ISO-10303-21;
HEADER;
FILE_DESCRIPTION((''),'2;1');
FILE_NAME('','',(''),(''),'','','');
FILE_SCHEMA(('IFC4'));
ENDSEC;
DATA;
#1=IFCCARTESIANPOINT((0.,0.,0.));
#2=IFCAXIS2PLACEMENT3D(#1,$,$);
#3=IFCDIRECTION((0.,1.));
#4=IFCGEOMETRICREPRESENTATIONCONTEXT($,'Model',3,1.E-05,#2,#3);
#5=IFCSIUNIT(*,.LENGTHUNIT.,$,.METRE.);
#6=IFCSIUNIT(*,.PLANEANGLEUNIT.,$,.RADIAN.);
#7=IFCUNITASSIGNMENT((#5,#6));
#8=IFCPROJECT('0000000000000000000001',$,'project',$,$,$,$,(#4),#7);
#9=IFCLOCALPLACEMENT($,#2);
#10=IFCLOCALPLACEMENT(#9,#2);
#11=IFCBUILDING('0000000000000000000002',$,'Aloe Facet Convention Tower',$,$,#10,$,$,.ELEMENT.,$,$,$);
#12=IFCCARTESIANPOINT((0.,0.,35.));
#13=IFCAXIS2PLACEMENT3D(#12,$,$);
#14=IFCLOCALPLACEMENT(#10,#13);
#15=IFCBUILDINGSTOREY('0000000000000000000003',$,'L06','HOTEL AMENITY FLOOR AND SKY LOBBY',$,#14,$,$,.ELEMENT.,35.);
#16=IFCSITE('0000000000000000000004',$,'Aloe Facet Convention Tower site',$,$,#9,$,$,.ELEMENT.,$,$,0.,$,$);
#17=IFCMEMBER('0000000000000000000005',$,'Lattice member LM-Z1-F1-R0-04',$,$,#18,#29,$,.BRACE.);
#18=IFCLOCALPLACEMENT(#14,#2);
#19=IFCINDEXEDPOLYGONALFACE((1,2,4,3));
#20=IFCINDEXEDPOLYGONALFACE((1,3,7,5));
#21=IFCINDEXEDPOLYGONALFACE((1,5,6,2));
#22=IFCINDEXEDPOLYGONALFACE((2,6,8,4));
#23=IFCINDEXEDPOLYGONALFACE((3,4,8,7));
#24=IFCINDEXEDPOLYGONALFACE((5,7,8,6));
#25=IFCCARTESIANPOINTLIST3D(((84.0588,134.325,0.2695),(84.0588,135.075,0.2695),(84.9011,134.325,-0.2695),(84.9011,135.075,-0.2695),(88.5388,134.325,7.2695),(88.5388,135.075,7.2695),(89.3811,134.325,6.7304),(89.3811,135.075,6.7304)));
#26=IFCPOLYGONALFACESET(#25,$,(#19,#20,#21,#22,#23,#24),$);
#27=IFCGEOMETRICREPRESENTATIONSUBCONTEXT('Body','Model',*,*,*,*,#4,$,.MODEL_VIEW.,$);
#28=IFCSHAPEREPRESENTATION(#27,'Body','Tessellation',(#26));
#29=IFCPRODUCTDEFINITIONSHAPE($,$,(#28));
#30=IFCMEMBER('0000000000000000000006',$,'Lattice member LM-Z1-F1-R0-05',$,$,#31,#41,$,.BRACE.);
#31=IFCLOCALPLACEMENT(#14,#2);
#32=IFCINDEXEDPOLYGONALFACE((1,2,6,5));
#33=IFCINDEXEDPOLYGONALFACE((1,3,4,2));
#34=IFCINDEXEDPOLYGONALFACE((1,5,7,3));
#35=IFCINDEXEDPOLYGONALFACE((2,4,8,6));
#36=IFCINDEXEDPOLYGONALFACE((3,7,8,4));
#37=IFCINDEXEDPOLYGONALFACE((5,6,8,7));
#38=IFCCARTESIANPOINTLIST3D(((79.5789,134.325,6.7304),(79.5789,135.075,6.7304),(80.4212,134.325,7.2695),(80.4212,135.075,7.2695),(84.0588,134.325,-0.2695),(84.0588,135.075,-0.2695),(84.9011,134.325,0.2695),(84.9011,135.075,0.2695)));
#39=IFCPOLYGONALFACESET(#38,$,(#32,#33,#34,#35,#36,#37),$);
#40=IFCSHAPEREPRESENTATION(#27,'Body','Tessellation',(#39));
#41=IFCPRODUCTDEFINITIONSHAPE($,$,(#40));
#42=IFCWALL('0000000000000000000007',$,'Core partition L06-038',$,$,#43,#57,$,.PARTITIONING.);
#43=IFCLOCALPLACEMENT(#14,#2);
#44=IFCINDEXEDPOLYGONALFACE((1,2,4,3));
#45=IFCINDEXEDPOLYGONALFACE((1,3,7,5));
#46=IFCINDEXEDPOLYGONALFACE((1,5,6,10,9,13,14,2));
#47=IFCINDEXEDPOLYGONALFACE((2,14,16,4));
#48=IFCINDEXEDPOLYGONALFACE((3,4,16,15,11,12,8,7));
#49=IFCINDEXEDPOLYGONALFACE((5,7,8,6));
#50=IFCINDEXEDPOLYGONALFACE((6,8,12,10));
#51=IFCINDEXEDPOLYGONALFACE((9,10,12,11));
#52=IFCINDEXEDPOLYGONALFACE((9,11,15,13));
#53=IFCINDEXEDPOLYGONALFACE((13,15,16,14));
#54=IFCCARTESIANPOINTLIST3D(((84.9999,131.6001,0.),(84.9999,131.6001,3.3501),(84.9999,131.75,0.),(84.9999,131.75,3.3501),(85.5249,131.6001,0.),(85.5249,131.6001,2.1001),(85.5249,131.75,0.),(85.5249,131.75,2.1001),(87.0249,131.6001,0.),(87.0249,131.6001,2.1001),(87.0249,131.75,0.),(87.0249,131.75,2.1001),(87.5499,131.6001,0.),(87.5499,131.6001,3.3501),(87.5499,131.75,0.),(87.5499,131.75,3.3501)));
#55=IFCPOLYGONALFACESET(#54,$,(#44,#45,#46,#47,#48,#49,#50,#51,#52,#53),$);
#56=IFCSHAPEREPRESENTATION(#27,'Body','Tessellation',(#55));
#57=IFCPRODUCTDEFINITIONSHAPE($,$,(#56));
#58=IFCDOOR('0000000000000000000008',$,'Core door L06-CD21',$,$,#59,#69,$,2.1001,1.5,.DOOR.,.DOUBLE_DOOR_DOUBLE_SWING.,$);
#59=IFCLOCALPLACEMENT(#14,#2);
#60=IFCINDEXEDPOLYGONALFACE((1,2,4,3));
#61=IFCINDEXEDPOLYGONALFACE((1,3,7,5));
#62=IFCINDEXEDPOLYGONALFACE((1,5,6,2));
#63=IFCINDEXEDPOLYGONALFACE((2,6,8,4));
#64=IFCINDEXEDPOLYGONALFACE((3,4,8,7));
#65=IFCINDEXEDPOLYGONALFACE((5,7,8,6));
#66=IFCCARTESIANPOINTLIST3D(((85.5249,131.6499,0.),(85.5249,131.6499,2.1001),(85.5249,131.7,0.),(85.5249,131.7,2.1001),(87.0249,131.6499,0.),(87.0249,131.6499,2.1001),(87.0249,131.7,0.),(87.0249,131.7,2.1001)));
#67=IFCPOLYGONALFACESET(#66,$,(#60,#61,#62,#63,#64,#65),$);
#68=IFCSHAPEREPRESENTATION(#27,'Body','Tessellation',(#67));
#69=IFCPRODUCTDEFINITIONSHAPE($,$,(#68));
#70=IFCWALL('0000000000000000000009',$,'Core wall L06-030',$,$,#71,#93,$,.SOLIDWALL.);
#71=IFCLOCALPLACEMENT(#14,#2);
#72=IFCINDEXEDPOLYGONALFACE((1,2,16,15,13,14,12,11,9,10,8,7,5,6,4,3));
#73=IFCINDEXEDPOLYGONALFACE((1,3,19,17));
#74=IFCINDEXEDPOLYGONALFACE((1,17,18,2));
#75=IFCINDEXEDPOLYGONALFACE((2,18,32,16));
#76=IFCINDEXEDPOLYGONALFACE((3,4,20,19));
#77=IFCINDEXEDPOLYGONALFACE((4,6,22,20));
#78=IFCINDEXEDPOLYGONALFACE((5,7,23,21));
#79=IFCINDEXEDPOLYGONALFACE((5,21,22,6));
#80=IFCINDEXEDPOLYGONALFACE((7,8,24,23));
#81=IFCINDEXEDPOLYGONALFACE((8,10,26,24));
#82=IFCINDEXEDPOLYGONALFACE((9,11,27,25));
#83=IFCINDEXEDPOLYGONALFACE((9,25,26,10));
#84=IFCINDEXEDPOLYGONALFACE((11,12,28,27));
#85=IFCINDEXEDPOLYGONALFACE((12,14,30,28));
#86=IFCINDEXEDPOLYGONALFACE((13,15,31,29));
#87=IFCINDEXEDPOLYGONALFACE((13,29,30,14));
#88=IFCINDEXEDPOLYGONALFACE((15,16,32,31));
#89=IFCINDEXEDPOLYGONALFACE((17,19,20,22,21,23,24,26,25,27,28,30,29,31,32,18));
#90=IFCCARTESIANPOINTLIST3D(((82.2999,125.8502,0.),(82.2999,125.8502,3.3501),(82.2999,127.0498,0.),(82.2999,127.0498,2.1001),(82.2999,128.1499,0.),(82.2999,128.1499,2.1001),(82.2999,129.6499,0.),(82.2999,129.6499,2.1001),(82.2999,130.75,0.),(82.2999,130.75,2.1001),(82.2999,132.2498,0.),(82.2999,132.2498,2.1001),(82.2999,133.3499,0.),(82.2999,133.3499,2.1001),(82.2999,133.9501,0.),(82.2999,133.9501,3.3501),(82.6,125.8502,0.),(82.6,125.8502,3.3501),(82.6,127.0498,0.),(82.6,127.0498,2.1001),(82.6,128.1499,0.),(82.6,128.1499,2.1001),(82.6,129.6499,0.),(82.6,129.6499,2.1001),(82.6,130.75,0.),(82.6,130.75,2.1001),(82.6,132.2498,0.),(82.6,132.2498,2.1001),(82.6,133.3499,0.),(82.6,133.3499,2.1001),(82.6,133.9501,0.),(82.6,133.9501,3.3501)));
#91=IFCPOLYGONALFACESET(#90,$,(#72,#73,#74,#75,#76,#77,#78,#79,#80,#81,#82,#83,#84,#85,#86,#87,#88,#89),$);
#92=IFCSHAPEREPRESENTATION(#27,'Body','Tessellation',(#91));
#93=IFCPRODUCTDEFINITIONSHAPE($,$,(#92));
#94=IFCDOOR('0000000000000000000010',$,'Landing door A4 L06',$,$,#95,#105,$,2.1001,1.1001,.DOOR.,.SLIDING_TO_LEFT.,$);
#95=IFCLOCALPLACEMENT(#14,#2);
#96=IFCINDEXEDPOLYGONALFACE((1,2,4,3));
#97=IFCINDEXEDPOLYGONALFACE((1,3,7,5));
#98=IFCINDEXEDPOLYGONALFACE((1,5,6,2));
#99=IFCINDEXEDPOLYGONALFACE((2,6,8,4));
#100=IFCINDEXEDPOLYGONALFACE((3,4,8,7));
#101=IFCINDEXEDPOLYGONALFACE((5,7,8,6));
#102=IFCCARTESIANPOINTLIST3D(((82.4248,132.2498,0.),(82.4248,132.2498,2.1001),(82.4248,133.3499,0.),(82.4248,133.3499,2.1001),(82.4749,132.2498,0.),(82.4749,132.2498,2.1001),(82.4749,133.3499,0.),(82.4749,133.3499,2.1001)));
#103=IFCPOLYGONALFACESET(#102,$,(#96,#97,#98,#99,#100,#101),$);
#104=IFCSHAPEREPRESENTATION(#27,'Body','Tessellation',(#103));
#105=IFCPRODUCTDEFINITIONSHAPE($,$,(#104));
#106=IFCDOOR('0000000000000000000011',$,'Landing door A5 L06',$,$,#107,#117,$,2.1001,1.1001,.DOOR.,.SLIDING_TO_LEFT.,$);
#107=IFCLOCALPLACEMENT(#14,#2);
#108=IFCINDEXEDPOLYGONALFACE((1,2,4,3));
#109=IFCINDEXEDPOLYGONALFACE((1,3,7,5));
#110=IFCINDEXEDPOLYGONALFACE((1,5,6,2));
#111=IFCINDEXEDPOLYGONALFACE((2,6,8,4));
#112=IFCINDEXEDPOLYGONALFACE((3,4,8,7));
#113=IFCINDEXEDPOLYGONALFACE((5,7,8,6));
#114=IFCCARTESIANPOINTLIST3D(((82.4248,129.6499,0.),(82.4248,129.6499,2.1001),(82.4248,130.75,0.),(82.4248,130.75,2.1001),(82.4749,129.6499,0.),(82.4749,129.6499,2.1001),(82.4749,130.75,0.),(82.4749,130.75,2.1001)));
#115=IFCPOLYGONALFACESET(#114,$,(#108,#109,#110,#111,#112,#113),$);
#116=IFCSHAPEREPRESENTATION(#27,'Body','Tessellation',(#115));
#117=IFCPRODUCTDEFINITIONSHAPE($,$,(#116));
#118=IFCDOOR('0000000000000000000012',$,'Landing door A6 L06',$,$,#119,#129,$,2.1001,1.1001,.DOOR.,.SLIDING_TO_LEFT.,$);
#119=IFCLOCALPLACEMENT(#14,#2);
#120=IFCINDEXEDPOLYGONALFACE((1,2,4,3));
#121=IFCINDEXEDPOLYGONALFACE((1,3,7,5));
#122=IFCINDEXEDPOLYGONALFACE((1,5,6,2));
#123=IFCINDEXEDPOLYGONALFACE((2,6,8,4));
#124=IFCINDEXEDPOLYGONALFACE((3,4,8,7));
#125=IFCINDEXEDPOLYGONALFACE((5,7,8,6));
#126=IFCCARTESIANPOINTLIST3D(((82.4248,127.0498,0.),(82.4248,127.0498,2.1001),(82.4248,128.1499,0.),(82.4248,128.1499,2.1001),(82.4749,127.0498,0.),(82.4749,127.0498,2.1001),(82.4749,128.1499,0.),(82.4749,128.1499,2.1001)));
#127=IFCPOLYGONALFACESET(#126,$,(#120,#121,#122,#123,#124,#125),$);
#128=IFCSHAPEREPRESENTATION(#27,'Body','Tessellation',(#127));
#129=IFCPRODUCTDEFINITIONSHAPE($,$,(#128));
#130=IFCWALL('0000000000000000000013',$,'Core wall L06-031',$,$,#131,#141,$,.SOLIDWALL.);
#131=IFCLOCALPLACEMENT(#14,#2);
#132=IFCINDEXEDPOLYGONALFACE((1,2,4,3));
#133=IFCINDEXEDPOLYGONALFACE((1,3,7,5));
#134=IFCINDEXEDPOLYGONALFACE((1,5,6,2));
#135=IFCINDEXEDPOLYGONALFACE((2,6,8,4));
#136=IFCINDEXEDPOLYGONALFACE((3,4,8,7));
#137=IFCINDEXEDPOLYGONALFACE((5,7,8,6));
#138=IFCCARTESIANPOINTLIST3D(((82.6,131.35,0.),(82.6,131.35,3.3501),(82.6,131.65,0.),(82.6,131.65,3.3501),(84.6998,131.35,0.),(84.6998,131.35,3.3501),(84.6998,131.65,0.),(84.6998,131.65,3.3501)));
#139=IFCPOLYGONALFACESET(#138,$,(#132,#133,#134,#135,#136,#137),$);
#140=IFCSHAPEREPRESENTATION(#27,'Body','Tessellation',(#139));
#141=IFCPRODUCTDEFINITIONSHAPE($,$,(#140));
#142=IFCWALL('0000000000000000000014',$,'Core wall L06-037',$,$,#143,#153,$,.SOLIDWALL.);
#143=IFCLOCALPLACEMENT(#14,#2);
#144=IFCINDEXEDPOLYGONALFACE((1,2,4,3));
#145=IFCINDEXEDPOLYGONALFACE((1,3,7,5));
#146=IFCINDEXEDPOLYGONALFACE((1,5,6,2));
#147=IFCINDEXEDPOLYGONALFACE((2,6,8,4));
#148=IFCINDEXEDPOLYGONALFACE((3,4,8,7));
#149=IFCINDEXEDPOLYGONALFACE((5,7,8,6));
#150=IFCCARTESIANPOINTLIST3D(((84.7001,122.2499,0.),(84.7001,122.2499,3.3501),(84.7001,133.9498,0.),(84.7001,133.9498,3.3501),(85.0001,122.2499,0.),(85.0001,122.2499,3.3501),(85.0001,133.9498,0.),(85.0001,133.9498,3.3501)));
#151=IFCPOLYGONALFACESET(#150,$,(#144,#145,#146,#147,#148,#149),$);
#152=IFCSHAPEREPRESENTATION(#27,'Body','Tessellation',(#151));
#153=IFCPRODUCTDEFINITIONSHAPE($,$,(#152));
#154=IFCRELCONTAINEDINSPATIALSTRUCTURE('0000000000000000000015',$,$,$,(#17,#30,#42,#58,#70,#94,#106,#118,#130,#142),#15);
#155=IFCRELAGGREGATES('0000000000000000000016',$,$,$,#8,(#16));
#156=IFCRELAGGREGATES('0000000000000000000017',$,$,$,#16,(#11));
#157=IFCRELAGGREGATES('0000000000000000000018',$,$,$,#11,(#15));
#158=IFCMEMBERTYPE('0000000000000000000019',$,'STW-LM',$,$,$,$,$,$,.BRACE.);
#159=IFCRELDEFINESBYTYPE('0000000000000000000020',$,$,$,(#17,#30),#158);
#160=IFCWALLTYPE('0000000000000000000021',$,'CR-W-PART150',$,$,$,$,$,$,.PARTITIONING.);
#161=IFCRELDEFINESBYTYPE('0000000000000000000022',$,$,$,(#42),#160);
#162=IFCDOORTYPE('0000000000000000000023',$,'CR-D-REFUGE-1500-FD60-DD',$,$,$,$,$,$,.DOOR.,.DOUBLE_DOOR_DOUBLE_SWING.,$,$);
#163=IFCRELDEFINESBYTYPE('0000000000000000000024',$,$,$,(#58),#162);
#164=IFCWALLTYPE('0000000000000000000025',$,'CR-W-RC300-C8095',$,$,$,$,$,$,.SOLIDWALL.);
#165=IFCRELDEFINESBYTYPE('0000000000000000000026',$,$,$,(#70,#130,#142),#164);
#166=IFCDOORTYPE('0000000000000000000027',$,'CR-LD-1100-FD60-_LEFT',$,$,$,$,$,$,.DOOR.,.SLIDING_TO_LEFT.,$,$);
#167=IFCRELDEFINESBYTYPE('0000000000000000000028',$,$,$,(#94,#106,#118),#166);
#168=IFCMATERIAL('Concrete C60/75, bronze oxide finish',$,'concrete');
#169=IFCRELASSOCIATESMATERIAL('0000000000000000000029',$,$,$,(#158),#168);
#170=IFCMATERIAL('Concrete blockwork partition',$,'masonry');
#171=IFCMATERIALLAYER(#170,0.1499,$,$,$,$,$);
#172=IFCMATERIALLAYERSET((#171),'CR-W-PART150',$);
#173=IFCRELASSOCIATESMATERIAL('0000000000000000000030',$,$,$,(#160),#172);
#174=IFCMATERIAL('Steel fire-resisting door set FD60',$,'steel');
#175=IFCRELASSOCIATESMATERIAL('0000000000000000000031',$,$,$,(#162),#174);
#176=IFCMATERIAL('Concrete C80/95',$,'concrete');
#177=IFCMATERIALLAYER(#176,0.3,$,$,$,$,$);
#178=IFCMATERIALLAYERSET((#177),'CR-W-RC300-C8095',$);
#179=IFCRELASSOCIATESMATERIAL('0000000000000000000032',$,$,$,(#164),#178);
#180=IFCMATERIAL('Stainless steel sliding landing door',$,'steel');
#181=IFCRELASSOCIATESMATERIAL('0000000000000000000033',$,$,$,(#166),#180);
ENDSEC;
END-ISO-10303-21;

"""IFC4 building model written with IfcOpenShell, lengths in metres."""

from ifc_helpers import new_model, si_unit, direction, frame, frame_2d, origin, origin_2d, place, context, subcontext, project, spatial, rectangle, extrude, material, layer, layer_set, material_profile, profile_set, type_object, element, fill, save


model = new_model("IFC4")

# Units and contexts
model_context = context("Model", 3, precision=1e-05, world=origin(), true_north=direction((0.0, 1.0)))
body_context = subcontext(model_context, "Body", "Model", "MODEL_VIEW")
ifc_project = project(units=[si_unit("LENGTHUNIT", "METRE"), si_unit("PLANEANGLEUNIT", "RADIAN")], contexts=[model_context])

# Site, building, storey
site_placement = place(None, origin())
site = spatial("IfcSite", under=ifc_project, at=site_placement, Name="Aloe Facet Convention Tower site", CompositionType="ELEMENT", RefElevation=0.0)
building_placement = place(site_placement, origin())
building = spatial("IfcBuilding", under=site, at=building_placement, Name="Aloe Facet Convention Tower", CompositionType="ELEMENT")
storey_placement = place(building_placement, frame((0.0, 0.0, 35.0)))
storey = spatial("IfcBuildingStorey", under=building, at=storey_placement, Name="L06", Description="HOTEL AMENITY FLOOR AND SKY LOBBY", CompositionType="ELEMENT", Elevation=35.0)

# Members
ifc_material_1 = material(Name="Concrete C60/75, bronze oxide finish", Category="concrete")
ifc_material_profile = material_profile(ifc_material_1, rectangle(XDim=0.75, YDim=1.0, at=origin_2d()), Name="STW-LM")
ifc_profile_set = profile_set([ifc_material_profile], Name="Concrete C60/75, bronze oxide finish")
member_type = type_object("IfcMemberType", Name="STW-LM", PredefinedType="BRACE", material=ifc_profile_set)
for number, where, z_axis, x_axis, name in (
    (1, (84.48, 134.7, 0.0), (0.539052, 0.0, 0.842272), (0.0, 1.0, 0.0), "Lattice member LM-Z1-F1-R0-04"),
    (2, (84.48, 134.7, 0.0), (-0.539052, 0.0, 0.842272), (0.0, -1.0, 0.0), "Lattice member LM-Z1-F1-R0-05"),
):
    element("IfcMember", number, at=place(storey_placement, frame(where, z_axis=z_axis, x_axis=x_axis)), inside=storey, type_object=member_type, Name=name, PredefinedType="BRACE", context=body_context, shape_type="SweptSolid", body=[
        extrude(rectangle(XDim=0.75, YDim=1.0, at=origin_2d()), origin(), (0.0, 0.0, 1.0), 8.3108),
    ])

# Wall, opening, door
ifc_material_2 = material(Name="Concrete blockwork partition", Category="masonry")
ifc_layer_1 = layer(ifc_material_2, 0.1499)
ifc_layer_set_1 = layer_set([ifc_layer_1], Name="CR-W-PART150")
wall_type_1 = type_object("IfcWallType", Name="CR-W-PART150", PredefinedType="PARTITIONING", material=ifc_layer_set_1)
wall_1_placement = place(storey_placement, frame((85.0, 131.675, 0.0), z_axis=(0.0, 0.0, 1.0), x_axis=(1.0, 0.0, 0.0)))
wall_1 = element("IfcWall", 3, at=wall_1_placement, inside=storey, type_object=wall_type_1, Name="Core partition L06-038", PredefinedType="PARTITIONING", context=body_context, shape_type="SweptSolid", body=[
    extrude(rectangle(XDim=2.55, YDim=0.1499, at=frame_2d((1.2749, 0.0))), origin(), (0.0, 0.0, 1.0), 3.3501),
])
opening_1_placement = place(wall_1_placement, frame((0.5249, 0.0, 0.0)))
opening_1 = element("IfcOpeningElement", 4, at=opening_1_placement, cuts=wall_1, PredefinedType="OPENING", context=body_context, shape_type="SweptSolid", body=[
    extrude(rectangle(XDim=1.5, YDim=2.1001, at=frame_2d((0.75, 1.05))), frame((0.0, 0.085, 0.0), z_axis=(0.0, -1.0, 0.0), x_axis=(1.0, 0.0, 0.0)), (0.0, 0.0, 1.0), 0.1699),
])
ifc_material_3 = material(Name="Steel fire-resisting door set FD60", Category="steel")
door_type_1 = type_object("IfcDoorType", Name="CR-D-REFUGE-1500-FD60-DD", OperationType="DOUBLE_DOOR_DOUBLE_SWING", PredefinedType="DOOR", material=ifc_material_3)
door_1_placement = place(opening_1_placement, origin())
door_1 = element("IfcDoor", 5, at=door_1_placement, inside=storey, type_object=door_type_1, Name="Core door L06-CD21", OperationType="DOUBLE_DOOR_DOUBLE_SWING", OverallHeight=2.1001, OverallWidth=1.5, PredefinedType="DOOR", context=body_context, shape_type="SweptSolid", body=[
    extrude(rectangle(XDim=1.5, YDim=2.1001, at=frame_2d((0.75, 1.05))), frame((0.0, 0.0249, 0.0), z_axis=(0.0, -1.0, 0.0), x_axis=(1.0, 0.0, 0.0)), (0.0, 0.0, 1.0), 0.05),
])
fill(opening_1, door_1)

# Wall, openings, doors
ifc_material_4 = material(Name="Concrete C80/95", Category="concrete")
ifc_layer_2 = layer(ifc_material_4, 0.3)
ifc_layer_set_2 = layer_set([ifc_layer_2], Name="CR-W-RC300-C8095")
wall_type_2 = type_object("IfcWallType", Name="CR-W-RC300-C8095", PredefinedType="SOLIDWALL", material=ifc_layer_set_2)
wall_2_placement = place(storey_placement, frame((82.45, 133.95, 0.0), z_axis=(0.0, 0.0, 1.0), x_axis=(0.0, -1.0, 0.0)))
wall_2 = element("IfcWall", 6, at=wall_2_placement, inside=storey, type_object=wall_type_2, Name="Core wall L06-030", PredefinedType="SOLIDWALL", context=body_context, shape_type="SweptSolid", body=[
    extrude(rectangle(XDim=8.0999, YDim=0.3, at=frame_2d((4.0498, 0.0))), origin(), (0.0, 0.0, 1.0), 3.3501),
])
opening_2_placement = place(wall_2_placement, frame((0.6001, 0.0, 0.0)))
opening_2 = element("IfcOpeningElement", 7, at=opening_2_placement, cuts=wall_2, PredefinedType="OPENING", context=body_context, shape_type="SweptSolid", body=[
    extrude(rectangle(XDim=1.1001, YDim=2.1001, at=frame_2d((0.55, 1.05))), frame((0.0, 0.1602, 0.0), z_axis=(0.0, -1.0, 0.0), x_axis=(1.0, 0.0, 0.0)), (0.0, 0.0, 1.0), 0.3201),
])
opening_3_placement = place(wall_2_placement, frame((3.2, 0.0, 0.0)))
opening_3 = element("IfcOpeningElement", 8, at=opening_3_placement, cuts=wall_2, PredefinedType="OPENING", context=body_context, shape_type="SweptSolid", body=[
    extrude(rectangle(XDim=1.1001, YDim=2.1001, at=frame_2d((0.55, 1.05))), frame((0.0, 0.1602, 0.0), z_axis=(0.0, -1.0, 0.0), x_axis=(1.0, 0.0, 0.0)), (0.0, 0.0, 1.0), 0.3201),
])
opening_4_placement = place(wall_2_placement, frame((5.8, 0.0, 0.0)))
opening_4 = element("IfcOpeningElement", 9, at=opening_4_placement, cuts=wall_2, PredefinedType="OPENING", context=body_context, shape_type="SweptSolid", body=[
    extrude(rectangle(XDim=1.1001, YDim=2.1001, at=frame_2d((0.55, 1.05))), frame((0.0, 0.1602, 0.0), z_axis=(0.0, -1.0, 0.0), x_axis=(1.0, 0.0, 0.0)), (0.0, 0.0, 1.0), 0.3201),
])
ifc_material_5 = material(Name="Stainless steel sliding landing door", Category="steel")
door_type_2 = type_object("IfcDoorType", Name="CR-LD-1100-FD60-_LEFT", OperationType="SLIDING_TO_LEFT", PredefinedType="DOOR", material=ifc_material_5)
door_2_placement = place(opening_2_placement, origin())
door_2 = element("IfcDoor", 10, at=door_2_placement, inside=storey, type_object=door_type_2, Name="Landing door A4 L06", OperationType="SLIDING_TO_LEFT", OverallHeight=2.1001, OverallWidth=1.1001, PredefinedType="DOOR", context=body_context, shape_type="SweptSolid", body=[
    extrude(rectangle(XDim=1.1001, YDim=2.1001, at=frame_2d((0.55, 1.05))), frame((0.0, 0.0249, 0.0), z_axis=(0.0, -1.0, 0.0), x_axis=(1.0, 0.0, 0.0)), (0.0, 0.0, 1.0), 0.05),
])
fill(opening_2, door_2)
door_3_placement = place(opening_3_placement, origin())
door_3 = element("IfcDoor", 11, at=door_3_placement, inside=storey, type_object=door_type_2, Name="Landing door A5 L06", OperationType="SLIDING_TO_LEFT", OverallHeight=2.1001, OverallWidth=1.1001, PredefinedType="DOOR", context=body_context, shape_type="SweptSolid", body=[
    extrude(rectangle(XDim=1.1001, YDim=2.1001, at=frame_2d((0.55, 1.05))), frame((0.0, 0.0249, 0.0), z_axis=(0.0, -1.0, 0.0), x_axis=(1.0, 0.0, 0.0)), (0.0, 0.0, 1.0), 0.05),
])
fill(opening_3, door_3)
door_4_placement = place(opening_4_placement, origin())
door_4 = element("IfcDoor", 12, at=door_4_placement, inside=storey, type_object=door_type_2, Name="Landing door A6 L06", OperationType="SLIDING_TO_LEFT", OverallHeight=2.1001, OverallWidth=1.1001, PredefinedType="DOOR", context=body_context, shape_type="SweptSolid", body=[
    extrude(rectangle(XDim=1.1001, YDim=2.1001, at=frame_2d((0.55, 1.05))), frame((0.0, 0.0249, 0.0), z_axis=(0.0, -1.0, 0.0), x_axis=(1.0, 0.0, 0.0)), (0.0, 0.0, 1.0), 0.05),
])
fill(opening_4, door_4)

# Walls
wall_3_placement = place(storey_placement, frame((82.6001, 131.5, 0.0), z_axis=(0.0, 0.0, 1.0), x_axis=(1.0, 0.0, 0.0)))
element("IfcWall", 13, at=wall_3_placement, inside=storey, type_object=wall_type_2, Name="Core wall L06-031", PredefinedType="SOLIDWALL", context=body_context, shape_type="SweptSolid", body=[
    extrude(rectangle(XDim=2.0999, YDim=0.3, at=frame_2d((1.0498, 0.0))), origin(), (0.0, 0.0, 1.0), 3.3501),
])
wall_4_placement = place(storey_placement, frame((84.8501, 133.95, 0.0), z_axis=(0.0, 0.0, 1.0), x_axis=(0.0, -1.0, 0.0)))
element("IfcWall", 14, at=wall_4_placement, inside=storey, type_object=wall_type_2, Name="Core wall L06-037", PredefinedType="SOLIDWALL", context=body_context, shape_type="SweptSolid", body=[
    extrude(rectangle(XDim=11.7, YDim=0.3, at=frame_2d((5.8501, 0.0))), origin(), (0.0, 0.0, 1.0), 3.3501),
])

save(model, "model.ifc")
